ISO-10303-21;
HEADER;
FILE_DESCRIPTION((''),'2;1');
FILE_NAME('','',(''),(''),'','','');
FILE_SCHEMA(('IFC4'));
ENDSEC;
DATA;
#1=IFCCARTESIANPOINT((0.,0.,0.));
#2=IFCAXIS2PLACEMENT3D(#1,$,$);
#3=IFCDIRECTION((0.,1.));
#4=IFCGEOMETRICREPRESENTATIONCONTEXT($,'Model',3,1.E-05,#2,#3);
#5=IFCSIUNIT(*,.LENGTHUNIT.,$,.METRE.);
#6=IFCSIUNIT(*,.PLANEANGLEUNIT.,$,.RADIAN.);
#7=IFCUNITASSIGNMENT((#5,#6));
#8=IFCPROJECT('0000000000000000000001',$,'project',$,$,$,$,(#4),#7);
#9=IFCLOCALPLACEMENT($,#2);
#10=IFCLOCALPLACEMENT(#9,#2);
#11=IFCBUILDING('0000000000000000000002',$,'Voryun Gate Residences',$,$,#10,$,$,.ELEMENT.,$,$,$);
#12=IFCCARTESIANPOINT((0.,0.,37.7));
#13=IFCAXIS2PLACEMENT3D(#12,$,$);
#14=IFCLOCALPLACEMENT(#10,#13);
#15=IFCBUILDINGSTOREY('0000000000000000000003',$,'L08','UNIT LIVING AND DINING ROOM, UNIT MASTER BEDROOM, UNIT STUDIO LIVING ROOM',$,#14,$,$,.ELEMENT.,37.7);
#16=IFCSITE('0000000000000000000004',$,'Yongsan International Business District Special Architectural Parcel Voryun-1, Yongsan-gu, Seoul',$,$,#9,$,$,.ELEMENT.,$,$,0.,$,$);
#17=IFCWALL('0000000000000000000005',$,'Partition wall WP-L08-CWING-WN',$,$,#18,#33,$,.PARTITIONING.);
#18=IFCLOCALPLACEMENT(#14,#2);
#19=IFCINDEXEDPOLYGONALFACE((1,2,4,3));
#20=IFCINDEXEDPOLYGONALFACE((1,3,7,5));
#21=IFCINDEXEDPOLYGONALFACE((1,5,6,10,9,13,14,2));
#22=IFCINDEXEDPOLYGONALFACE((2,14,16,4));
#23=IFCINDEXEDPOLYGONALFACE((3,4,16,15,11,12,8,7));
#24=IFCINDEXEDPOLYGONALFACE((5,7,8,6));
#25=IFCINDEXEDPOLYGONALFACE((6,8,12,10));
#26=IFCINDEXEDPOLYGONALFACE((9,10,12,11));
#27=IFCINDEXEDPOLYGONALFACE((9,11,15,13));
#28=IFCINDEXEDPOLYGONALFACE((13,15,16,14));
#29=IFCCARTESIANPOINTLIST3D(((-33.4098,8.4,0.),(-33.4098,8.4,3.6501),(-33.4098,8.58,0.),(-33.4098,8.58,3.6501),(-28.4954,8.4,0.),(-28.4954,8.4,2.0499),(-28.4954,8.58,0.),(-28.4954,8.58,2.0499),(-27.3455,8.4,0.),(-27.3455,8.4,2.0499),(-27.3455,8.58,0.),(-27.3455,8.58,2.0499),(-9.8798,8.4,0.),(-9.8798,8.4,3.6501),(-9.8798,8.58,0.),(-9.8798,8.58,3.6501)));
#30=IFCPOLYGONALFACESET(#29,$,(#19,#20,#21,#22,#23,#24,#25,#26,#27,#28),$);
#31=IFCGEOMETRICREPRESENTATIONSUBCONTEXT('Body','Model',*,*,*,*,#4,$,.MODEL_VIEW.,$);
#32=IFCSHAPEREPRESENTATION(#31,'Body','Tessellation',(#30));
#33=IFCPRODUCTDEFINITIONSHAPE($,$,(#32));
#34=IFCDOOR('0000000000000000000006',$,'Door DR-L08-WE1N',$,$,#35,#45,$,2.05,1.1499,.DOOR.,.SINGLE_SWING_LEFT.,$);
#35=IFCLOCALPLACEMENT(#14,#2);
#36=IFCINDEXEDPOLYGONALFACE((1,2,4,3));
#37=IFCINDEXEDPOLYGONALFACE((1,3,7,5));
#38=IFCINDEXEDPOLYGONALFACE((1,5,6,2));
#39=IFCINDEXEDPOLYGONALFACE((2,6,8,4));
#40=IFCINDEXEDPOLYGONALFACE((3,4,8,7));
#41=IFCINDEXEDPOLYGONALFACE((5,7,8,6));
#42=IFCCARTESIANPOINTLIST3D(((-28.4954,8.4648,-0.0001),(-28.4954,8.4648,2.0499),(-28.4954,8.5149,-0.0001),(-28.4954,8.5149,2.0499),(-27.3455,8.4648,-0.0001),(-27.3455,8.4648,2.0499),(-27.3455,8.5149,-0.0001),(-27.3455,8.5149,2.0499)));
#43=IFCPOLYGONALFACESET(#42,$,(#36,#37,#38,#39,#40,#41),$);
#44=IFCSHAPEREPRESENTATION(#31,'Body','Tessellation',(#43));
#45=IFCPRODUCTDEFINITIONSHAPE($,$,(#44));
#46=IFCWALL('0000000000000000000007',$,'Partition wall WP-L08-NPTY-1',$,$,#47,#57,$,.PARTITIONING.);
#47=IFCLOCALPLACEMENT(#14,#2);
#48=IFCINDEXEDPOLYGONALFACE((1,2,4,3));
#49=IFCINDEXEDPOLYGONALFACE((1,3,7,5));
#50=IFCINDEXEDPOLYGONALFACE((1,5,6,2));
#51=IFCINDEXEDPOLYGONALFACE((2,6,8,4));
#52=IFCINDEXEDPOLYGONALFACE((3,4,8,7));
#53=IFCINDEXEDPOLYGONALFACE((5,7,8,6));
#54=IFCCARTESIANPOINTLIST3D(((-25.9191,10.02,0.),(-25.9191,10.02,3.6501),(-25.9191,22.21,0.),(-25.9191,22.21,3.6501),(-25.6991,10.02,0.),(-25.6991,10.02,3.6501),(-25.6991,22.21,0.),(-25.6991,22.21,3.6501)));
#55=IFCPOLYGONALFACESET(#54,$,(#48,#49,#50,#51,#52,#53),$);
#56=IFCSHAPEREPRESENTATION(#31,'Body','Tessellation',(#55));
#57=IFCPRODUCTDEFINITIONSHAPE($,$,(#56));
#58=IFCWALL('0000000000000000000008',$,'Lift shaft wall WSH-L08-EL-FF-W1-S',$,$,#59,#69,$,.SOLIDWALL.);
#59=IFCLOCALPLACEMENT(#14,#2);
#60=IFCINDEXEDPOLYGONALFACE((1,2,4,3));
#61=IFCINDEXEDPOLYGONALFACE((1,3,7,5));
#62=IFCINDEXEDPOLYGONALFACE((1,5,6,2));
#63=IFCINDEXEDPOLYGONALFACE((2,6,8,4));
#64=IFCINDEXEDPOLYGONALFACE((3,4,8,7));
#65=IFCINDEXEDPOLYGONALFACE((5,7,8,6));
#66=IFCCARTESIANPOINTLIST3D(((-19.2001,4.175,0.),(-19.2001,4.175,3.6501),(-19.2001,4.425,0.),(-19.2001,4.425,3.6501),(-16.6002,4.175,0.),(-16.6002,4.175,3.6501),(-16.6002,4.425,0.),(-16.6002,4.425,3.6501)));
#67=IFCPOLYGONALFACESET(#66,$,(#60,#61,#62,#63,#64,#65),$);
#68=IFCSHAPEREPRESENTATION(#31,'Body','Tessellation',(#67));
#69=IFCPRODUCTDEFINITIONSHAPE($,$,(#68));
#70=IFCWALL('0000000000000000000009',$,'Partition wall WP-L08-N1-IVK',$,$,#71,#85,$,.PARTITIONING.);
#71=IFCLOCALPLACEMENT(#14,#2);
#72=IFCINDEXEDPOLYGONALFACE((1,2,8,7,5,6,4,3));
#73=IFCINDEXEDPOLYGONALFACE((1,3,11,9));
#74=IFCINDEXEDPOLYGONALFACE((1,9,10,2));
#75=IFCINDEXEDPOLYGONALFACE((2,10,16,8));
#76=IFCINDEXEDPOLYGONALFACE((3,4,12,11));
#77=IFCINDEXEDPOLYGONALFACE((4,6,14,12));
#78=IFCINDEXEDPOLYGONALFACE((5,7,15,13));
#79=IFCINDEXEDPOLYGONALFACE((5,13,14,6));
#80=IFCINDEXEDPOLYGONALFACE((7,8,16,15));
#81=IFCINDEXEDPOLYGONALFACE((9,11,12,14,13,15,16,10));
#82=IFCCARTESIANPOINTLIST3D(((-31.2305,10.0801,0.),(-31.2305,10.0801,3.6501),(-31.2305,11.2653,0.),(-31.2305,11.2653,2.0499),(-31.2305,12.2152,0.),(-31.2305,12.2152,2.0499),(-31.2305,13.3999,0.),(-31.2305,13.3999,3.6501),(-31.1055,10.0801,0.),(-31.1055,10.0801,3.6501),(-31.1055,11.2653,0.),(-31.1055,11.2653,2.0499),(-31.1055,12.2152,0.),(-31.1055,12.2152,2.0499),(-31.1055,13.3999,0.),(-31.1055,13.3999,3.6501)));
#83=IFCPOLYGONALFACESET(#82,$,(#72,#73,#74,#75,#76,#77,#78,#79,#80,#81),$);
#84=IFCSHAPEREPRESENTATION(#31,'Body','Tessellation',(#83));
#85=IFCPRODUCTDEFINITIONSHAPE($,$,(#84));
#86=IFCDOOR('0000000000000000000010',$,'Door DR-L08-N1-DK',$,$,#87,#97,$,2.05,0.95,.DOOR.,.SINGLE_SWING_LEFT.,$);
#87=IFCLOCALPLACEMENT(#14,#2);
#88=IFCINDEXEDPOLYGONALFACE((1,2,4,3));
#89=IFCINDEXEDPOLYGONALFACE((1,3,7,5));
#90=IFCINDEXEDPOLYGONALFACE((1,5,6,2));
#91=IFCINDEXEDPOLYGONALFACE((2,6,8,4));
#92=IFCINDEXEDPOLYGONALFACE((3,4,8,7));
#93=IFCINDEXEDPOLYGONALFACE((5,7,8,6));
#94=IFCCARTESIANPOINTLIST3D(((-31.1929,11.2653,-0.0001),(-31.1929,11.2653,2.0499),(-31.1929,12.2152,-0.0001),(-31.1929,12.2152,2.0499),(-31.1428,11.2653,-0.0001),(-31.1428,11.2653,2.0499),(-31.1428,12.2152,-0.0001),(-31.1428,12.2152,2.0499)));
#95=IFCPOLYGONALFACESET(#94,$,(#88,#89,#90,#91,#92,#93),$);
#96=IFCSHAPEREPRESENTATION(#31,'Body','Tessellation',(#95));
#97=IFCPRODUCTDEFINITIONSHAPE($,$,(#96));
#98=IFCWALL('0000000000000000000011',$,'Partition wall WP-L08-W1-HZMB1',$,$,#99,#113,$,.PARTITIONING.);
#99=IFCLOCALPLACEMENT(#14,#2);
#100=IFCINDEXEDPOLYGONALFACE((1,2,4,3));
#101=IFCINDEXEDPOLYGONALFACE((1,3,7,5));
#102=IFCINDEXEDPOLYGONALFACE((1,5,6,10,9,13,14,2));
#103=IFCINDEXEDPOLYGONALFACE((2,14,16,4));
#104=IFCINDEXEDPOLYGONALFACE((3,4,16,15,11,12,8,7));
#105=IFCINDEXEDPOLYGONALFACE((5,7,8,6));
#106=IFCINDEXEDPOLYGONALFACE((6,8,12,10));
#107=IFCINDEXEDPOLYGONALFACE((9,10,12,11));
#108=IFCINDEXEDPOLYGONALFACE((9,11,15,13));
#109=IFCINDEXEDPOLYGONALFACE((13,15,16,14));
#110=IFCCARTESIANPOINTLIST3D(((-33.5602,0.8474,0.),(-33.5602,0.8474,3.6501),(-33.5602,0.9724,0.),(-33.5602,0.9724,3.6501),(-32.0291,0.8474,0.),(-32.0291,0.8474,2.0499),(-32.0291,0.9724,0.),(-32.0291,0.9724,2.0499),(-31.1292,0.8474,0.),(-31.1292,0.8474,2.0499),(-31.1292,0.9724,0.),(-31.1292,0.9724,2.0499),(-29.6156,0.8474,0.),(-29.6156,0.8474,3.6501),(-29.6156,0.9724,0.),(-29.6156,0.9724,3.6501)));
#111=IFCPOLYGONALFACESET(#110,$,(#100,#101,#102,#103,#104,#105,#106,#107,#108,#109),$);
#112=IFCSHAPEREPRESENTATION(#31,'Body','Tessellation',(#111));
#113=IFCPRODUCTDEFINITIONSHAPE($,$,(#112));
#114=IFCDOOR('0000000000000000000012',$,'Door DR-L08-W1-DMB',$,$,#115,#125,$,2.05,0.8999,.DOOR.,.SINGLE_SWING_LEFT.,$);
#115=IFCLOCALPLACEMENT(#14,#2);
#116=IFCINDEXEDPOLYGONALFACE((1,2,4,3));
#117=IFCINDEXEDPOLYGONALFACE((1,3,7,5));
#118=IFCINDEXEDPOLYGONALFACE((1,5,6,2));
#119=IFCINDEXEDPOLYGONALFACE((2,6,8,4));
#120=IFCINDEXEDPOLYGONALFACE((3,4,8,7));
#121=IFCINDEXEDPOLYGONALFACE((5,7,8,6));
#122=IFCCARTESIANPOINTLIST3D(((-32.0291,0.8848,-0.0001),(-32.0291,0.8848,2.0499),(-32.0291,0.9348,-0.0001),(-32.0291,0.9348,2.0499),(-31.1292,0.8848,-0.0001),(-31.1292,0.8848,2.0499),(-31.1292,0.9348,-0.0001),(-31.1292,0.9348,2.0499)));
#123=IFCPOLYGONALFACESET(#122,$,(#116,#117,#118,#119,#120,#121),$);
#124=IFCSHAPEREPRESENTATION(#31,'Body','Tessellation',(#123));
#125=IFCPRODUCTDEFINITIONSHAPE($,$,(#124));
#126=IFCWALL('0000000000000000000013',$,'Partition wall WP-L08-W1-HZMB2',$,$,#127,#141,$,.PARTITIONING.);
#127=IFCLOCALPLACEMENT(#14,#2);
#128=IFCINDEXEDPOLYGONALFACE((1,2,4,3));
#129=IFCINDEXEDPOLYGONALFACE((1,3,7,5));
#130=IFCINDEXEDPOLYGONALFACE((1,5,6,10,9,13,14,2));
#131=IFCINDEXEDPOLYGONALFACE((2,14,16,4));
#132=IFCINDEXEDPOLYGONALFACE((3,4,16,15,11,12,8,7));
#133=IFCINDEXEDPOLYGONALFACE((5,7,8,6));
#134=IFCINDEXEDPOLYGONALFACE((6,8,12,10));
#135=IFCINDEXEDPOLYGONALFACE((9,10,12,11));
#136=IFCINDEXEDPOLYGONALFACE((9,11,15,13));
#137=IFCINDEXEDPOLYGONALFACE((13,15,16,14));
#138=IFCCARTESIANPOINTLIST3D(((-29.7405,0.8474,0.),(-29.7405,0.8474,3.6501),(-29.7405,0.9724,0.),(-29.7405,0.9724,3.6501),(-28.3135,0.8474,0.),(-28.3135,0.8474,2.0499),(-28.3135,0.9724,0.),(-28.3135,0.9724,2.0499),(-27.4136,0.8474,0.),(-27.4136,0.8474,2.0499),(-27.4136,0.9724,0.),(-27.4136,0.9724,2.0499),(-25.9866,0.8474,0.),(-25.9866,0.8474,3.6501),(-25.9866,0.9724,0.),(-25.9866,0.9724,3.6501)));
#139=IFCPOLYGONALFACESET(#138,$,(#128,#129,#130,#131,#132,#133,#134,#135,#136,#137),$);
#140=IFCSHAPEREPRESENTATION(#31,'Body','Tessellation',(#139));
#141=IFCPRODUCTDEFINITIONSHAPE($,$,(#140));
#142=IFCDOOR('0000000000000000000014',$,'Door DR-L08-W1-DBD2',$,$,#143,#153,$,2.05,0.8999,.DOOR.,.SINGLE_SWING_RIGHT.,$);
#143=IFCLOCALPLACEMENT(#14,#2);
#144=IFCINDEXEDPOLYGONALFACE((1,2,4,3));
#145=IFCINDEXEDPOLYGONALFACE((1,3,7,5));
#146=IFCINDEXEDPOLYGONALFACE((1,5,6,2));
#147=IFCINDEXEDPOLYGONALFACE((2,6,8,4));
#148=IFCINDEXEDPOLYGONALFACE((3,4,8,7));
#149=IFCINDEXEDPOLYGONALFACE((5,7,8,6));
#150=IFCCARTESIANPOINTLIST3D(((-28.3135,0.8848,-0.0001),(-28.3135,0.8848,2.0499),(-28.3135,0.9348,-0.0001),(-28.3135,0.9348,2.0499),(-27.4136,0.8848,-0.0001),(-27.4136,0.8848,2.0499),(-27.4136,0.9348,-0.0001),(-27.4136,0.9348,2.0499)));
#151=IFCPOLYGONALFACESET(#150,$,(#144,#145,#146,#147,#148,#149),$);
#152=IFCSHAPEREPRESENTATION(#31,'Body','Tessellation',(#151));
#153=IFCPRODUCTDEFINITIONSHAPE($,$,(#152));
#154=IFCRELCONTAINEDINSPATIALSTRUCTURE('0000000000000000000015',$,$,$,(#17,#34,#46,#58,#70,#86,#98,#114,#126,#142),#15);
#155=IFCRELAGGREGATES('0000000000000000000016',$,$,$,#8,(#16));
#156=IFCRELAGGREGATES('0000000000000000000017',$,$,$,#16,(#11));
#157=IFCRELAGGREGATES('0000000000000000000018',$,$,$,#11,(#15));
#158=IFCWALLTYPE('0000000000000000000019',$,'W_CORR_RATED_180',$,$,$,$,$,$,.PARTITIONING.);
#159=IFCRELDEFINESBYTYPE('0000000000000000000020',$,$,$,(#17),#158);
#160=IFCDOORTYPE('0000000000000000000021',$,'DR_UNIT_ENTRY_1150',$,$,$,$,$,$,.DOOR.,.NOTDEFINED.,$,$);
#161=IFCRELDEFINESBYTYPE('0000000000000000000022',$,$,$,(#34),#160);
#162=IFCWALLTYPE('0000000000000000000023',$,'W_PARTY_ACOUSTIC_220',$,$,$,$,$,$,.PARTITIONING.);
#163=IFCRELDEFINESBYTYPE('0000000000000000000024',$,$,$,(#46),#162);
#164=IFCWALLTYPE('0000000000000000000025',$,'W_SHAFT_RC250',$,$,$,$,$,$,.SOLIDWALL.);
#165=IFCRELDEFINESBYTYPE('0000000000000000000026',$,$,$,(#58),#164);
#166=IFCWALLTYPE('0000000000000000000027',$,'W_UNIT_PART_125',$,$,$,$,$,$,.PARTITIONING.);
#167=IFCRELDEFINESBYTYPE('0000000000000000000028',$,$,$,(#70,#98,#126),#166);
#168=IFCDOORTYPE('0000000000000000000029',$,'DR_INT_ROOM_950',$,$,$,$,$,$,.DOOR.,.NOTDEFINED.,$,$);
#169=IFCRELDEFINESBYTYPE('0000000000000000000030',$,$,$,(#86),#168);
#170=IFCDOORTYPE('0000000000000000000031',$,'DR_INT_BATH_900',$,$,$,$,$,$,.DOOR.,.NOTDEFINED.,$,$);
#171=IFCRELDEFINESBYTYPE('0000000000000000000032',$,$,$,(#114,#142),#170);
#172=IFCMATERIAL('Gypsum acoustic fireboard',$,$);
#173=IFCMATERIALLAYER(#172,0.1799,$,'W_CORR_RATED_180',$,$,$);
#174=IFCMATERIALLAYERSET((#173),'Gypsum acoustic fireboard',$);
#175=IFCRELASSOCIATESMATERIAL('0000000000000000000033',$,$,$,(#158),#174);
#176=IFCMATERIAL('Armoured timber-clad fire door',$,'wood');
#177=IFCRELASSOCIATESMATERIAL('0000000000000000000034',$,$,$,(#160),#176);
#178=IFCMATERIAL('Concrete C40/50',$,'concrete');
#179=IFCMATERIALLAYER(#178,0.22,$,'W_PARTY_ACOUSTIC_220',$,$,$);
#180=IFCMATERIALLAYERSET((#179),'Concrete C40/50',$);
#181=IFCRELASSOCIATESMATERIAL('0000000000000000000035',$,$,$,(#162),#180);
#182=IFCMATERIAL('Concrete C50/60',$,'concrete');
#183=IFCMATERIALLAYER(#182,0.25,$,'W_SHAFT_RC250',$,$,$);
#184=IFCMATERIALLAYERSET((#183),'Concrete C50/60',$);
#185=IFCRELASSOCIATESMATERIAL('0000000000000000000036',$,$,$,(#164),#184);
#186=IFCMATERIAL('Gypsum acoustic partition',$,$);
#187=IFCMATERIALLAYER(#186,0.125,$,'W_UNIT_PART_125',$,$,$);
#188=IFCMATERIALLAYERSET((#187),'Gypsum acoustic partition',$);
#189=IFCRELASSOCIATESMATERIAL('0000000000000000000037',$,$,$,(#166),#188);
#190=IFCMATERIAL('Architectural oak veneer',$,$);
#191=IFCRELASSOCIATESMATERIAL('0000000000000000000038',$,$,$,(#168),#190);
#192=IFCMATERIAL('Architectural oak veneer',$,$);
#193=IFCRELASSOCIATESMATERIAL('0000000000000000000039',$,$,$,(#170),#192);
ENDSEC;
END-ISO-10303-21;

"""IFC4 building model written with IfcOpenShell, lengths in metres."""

from ifc_helpers import new_model, si_unit, direction, frame, frame_2d, origin, place, context, subcontext, project, spatial, rectangle, extrude, material, layer, layer_set, type_object, element, fill, save


model = new_model("IFC4")

# Units and contexts
model_context = context("Model", 3, precision=1e-05, world=origin(), true_north=direction((0.0, 1.0)))
body_context = subcontext(model_context, "Body", "Model", "MODEL_VIEW")
ifc_project = project(units=[si_unit("LENGTHUNIT", "METRE"), si_unit("PLANEANGLEUNIT", "RADIAN")], contexts=[model_context])

# Site, building, storey
site_placement = place(None, origin())
site = spatial("IfcSite", under=ifc_project, at=site_placement, Name="Yongsan International Business District Special Architectural Parcel Voryun-1, Yongsan-gu, Seoul", CompositionType="ELEMENT", RefElevation=0.0)
building_placement = place(site_placement, origin())
building = spatial("IfcBuilding", under=site, at=building_placement, Name="Voryun Gate Residences", CompositionType="ELEMENT")
storey_placement = place(building_placement, frame((0.0, 0.0, 37.7)))
storey = spatial("IfcBuildingStorey", under=building, at=storey_placement, Name="L08", Description="UNIT LIVING AND DINING ROOM, UNIT MASTER BEDROOM, UNIT STUDIO LIVING ROOM", CompositionType="ELEMENT", Elevation=37.7)

# Wall, opening, door
ifc_material_1 = material(Name="Gypsum acoustic fireboard")
ifc_layer_1 = layer(ifc_material_1, 0.1799, Name="W_CORR_RATED_180")
ifc_layer_set_1 = layer_set([ifc_layer_1], Name="Gypsum acoustic fireboard")
wall_type_1 = type_object("IfcWallType", Name="W_CORR_RATED_180", PredefinedType="PARTITIONING", material=ifc_layer_set_1)
wall_1_placement = place(storey_placement, frame((-33.4099, 8.49, 0.0), z_axis=(0.0, 0.0, 1.0), x_axis=(1.0, 0.0, 0.0)))
wall_1 = element("IfcWall", 1, at=wall_1_placement, inside=storey, type_object=wall_type_1, Name="Partition wall WP-L08-CWING-WN", PredefinedType="PARTITIONING", context=body_context, shape_type="SweptSolid", body=[
    extrude(rectangle(XDim=23.53, YDim=0.1799, at=frame_2d((11.7651, 0.0))), origin(), (0.0, 0.0, 1.0), 3.6501),
])
opening_1_placement = place(wall_1_placement, frame((4.9146, 0.0, 0.0)))
opening_1 = element("IfcOpeningElement", 2, at=opening_1_placement, cuts=wall_1, PredefinedType="OPENING", context=body_context, shape_type="SweptSolid", body=[
    extrude(rectangle(XDim=1.1499, YDim=2.05, at=frame_2d((0.575, 1.0249))), frame((0.0, 0.0999, 0.0), z_axis=(0.0, -1.0, 0.0), x_axis=(1.0, 0.0, 0.0)), (0.0, 0.0, 1.0), 0.2),
])
ifc_material_2 = material(Name="Armoured timber-clad fire door", Category="wood")
door_type_1 = type_object("IfcDoorType", Name="DR_UNIT_ENTRY_1150", OperationType="NOTDEFINED", PredefinedType="DOOR", material=ifc_material_2)
door_1_placement = place(opening_1_placement, origin())
door_1 = element("IfcDoor", 3, at=door_1_placement, inside=storey, type_object=door_type_1, Name="Door DR-L08-WE1N", OperationType="SINGLE_SWING_LEFT", OverallHeight=2.05, OverallWidth=1.1499, PredefinedType="DOOR", context=body_context, shape_type="SweptSolid", body=[
    extrude(rectangle(XDim=1.1499, YDim=2.05, at=frame_2d((0.575, 1.0249))), frame((0.0, 0.0249, 0.0), z_axis=(0.0, -1.0, 0.0), x_axis=(1.0, 0.0, 0.0)), (0.0, 0.0, 1.0), 0.05),
])
fill(opening_1, door_1)

# Walls
ifc_material_3 = material(Name="Concrete C40/50", Category="concrete")
ifc_layer_2 = layer(ifc_material_3, 0.22, Name="W_PARTY_ACOUSTIC_220")
ifc_layer_set_2 = layer_set([ifc_layer_2], Name="Concrete C40/50")
wall_type_2 = type_object("IfcWallType", Name="W_PARTY_ACOUSTIC_220", PredefinedType="PARTITIONING", material=ifc_layer_set_2)
wall_2_placement = place(storey_placement, frame((-25.8091, 10.02, 0.0), z_axis=(0.0, 0.0, 1.0), x_axis=(0.0, 1.0, 0.0)))
element("IfcWall", 4, at=wall_2_placement, inside=storey, type_object=wall_type_2, Name="Partition wall WP-L08-NPTY-1", PredefinedType="PARTITIONING", context=body_context, shape_type="SweptSolid", body=[
    extrude(rectangle(XDim=12.1899, YDim=0.22, at=frame_2d((6.095, 0.0))), origin(), (0.0, 0.0, 1.0), 3.6501),
])
ifc_material_4 = material(Name="Concrete C50/60", Category="concrete")
ifc_layer_3 = layer(ifc_material_4, 0.25, Name="W_SHAFT_RC250")
ifc_layer_set_3 = layer_set([ifc_layer_3], Name="Concrete C50/60")
wall_type_3 = type_object("IfcWallType", Name="W_SHAFT_RC250", PredefinedType="SOLIDWALL", material=ifc_layer_set_3)
wall_3_placement = place(storey_placement, frame((-19.2, 4.3, 0.0), z_axis=(0.0, 0.0, 1.0), x_axis=(1.0, 0.0, 0.0)))
element("IfcWall", 5, at=wall_3_placement, inside=storey, type_object=wall_type_3, Name="Lift shaft wall WSH-L08-EL-FF-W1-S", PredefinedType="SOLIDWALL", context=body_context, shape_type="SweptSolid", body=[
    extrude(rectangle(XDim=2.5999, YDim=0.25, at=frame_2d((1.2998, 0.0))), origin(), (0.0, 0.0, 1.0), 3.6501),
])

# Walls, openings, doors
ifc_material_5 = material(Name="Gypsum acoustic partition")
ifc_layer_4 = layer(ifc_material_5, 0.125, Name="W_UNIT_PART_125")
ifc_layer_set_4 = layer_set([ifc_layer_4], Name="Gypsum acoustic partition")
wall_type_4 = type_object("IfcWallType", Name="W_UNIT_PART_125", PredefinedType="PARTITIONING", material=ifc_layer_set_4)
wall_4_placement = place(storey_placement, frame((-31.168, 10.0801, 0.0), z_axis=(0.0, 0.0, 1.0), x_axis=(0.0, 1.0, 0.0)))
wall_4 = element("IfcWall", 6, at=wall_4_placement, inside=storey, type_object=wall_type_4, Name="Partition wall WP-L08-N1-IVK", PredefinedType="PARTITIONING", context=body_context, shape_type="SweptSolid", body=[
    extrude(rectangle(XDim=3.3198, YDim=0.125, at=frame_2d((1.6599, 0.0))), origin(), (0.0, 0.0, 1.0), 3.6501),
])
opening_2_placement = place(wall_4_placement, frame((1.1851, 0.0, 0.0)))
opening_2 = element("IfcOpeningElement", 7, at=opening_2_placement, cuts=wall_4, PredefinedType="OPENING", context=body_context, shape_type="SweptSolid", body=[
    extrude(rectangle(XDim=0.95, YDim=2.05, at=frame_2d((0.4751, 1.0249))), frame((0.0, 0.0725, 0.0), z_axis=(0.0, -1.0, 0.0), x_axis=(1.0, 0.0, 0.0)), (0.0, 0.0, 1.0), 0.145),
])
ifc_material_6 = material(Name="Architectural oak veneer")
door_type_2 = type_object("IfcDoorType", Name="DR_INT_ROOM_950", OperationType="NOTDEFINED", PredefinedType="DOOR", material=ifc_material_6)
door_2_placement = place(opening_2_placement, origin())
door_2 = element("IfcDoor", 8, at=door_2_placement, inside=storey, type_object=door_type_2, Name="Door DR-L08-N1-DK", OperationType="SINGLE_SWING_LEFT", OverallHeight=2.05, OverallWidth=0.95, PredefinedType="DOOR", context=body_context, shape_type="SweptSolid", body=[
    extrude(rectangle(XDim=0.95, YDim=2.05, at=frame_2d((0.4751, 1.0249))), frame((0.0, 0.0249, 0.0), z_axis=(0.0, -1.0, 0.0), x_axis=(1.0, 0.0, 0.0)), (0.0, 0.0, 1.0), 0.05),
])
fill(opening_2, door_2)
wall_5_placement = place(storey_placement, frame((-33.5601, 0.9099, 0.0), z_axis=(0.0, 0.0, 1.0), x_axis=(1.0, 0.0, 0.0)))
wall_5 = element("IfcWall", 9, at=wall_5_placement, inside=storey, type_object=wall_type_4, Name="Partition wall WP-L08-W1-HZMB1", PredefinedType="PARTITIONING", context=body_context, shape_type="SweptSolid", body=[
    extrude(rectangle(XDim=3.9446, YDim=0.125, at=frame_2d((1.9722, 0.0))), origin(), (0.0, 0.0, 1.0), 3.6501),
])
opening_3_placement = place(wall_5_placement, frame((1.531, 0.0, 0.0)))
opening_3 = element("IfcOpeningElement", 10, at=opening_3_placement, cuts=wall_5, PredefinedType="OPENING", context=body_context, shape_type="SweptSolid", body=[
    extrude(rectangle(XDim=0.8999, YDim=2.05, at=frame_2d((0.45, 1.0249))), frame((0.0, 0.0725, 0.0), z_axis=(0.0, -1.0, 0.0), x_axis=(1.0, 0.0, 0.0)), (0.0, 0.0, 1.0), 0.145),
])
ifc_material_7 = material(Name="Architectural oak veneer")
door_type_3 = type_object("IfcDoorType", Name="DR_INT_BATH_900", OperationType="NOTDEFINED", PredefinedType="DOOR", material=ifc_material_7)
door_3_placement = place(opening_3_placement, origin())
door_3 = element("IfcDoor", 11, at=door_3_placement, inside=storey, type_object=door_type_3, Name="Door DR-L08-W1-DMB", OperationType="SINGLE_SWING_LEFT", OverallHeight=2.05, OverallWidth=0.8999, PredefinedType="DOOR", context=body_context, shape_type="SweptSolid", body=[
    extrude(rectangle(XDim=0.8999, YDim=2.05, at=frame_2d((0.45, 1.0249))), frame((0.0, 0.0249, 0.0), z_axis=(0.0, -1.0, 0.0), x_axis=(1.0, 0.0, 0.0)), (0.0, 0.0, 1.0), 0.05),
])
fill(opening_3, door_3)
wall_6_placement = place(storey_placement, frame((-29.7405, 0.9099, 0.0), z_axis=(0.0, 0.0, 1.0), x_axis=(1.0, 0.0, 0.0)))
wall_6 = element("IfcWall", 12, at=wall_6_placement, inside=storey, type_object=wall_type_4, Name="Partition wall WP-L08-W1-HZMB2", PredefinedType="PARTITIONING", context=body_context, shape_type="SweptSolid", body=[
    extrude(rectangle(XDim=3.7539, YDim=0.125, at=frame_2d((1.877, 0.0))), origin(), (0.0, 0.0, 1.0), 3.6501),
])
opening_4_placement = place(wall_6_placement, frame((1.427, 0.0, 0.0)))
opening_4 = element("IfcOpeningElement", 13, at=opening_4_placement, cuts=wall_6, PredefinedType="OPENING", context=body_context, shape_type="SweptSolid", body=[
    extrude(rectangle(XDim=0.8999, YDim=2.05, at=frame_2d((0.45, 1.0249))), frame((0.0, 0.0725, 0.0), z_axis=(0.0, -1.0, 0.0), x_axis=(1.0, 0.0, 0.0)), (0.0, 0.0, 1.0), 0.145),
])
door_4_placement = place(opening_4_placement, origin())
door_4 = element("IfcDoor", 14, at=door_4_placement, inside=storey, type_object=door_type_3, Name="Door DR-L08-W1-DBD2", OperationType="SINGLE_SWING_RIGHT", OverallHeight=2.05, OverallWidth=0.8999, PredefinedType="DOOR", context=body_context, shape_type="SweptSolid", body=[
    extrude(rectangle(XDim=0.8999, YDim=2.05, at=frame_2d((0.45, 1.0249))), frame((0.0, 0.0249, 0.0), z_axis=(0.0, -1.0, 0.0), x_axis=(1.0, 0.0, 0.0)), (0.0, 0.0, 1.0), 0.05),
])
fill(opening_4, door_4)

save(model, "model.ifc")
